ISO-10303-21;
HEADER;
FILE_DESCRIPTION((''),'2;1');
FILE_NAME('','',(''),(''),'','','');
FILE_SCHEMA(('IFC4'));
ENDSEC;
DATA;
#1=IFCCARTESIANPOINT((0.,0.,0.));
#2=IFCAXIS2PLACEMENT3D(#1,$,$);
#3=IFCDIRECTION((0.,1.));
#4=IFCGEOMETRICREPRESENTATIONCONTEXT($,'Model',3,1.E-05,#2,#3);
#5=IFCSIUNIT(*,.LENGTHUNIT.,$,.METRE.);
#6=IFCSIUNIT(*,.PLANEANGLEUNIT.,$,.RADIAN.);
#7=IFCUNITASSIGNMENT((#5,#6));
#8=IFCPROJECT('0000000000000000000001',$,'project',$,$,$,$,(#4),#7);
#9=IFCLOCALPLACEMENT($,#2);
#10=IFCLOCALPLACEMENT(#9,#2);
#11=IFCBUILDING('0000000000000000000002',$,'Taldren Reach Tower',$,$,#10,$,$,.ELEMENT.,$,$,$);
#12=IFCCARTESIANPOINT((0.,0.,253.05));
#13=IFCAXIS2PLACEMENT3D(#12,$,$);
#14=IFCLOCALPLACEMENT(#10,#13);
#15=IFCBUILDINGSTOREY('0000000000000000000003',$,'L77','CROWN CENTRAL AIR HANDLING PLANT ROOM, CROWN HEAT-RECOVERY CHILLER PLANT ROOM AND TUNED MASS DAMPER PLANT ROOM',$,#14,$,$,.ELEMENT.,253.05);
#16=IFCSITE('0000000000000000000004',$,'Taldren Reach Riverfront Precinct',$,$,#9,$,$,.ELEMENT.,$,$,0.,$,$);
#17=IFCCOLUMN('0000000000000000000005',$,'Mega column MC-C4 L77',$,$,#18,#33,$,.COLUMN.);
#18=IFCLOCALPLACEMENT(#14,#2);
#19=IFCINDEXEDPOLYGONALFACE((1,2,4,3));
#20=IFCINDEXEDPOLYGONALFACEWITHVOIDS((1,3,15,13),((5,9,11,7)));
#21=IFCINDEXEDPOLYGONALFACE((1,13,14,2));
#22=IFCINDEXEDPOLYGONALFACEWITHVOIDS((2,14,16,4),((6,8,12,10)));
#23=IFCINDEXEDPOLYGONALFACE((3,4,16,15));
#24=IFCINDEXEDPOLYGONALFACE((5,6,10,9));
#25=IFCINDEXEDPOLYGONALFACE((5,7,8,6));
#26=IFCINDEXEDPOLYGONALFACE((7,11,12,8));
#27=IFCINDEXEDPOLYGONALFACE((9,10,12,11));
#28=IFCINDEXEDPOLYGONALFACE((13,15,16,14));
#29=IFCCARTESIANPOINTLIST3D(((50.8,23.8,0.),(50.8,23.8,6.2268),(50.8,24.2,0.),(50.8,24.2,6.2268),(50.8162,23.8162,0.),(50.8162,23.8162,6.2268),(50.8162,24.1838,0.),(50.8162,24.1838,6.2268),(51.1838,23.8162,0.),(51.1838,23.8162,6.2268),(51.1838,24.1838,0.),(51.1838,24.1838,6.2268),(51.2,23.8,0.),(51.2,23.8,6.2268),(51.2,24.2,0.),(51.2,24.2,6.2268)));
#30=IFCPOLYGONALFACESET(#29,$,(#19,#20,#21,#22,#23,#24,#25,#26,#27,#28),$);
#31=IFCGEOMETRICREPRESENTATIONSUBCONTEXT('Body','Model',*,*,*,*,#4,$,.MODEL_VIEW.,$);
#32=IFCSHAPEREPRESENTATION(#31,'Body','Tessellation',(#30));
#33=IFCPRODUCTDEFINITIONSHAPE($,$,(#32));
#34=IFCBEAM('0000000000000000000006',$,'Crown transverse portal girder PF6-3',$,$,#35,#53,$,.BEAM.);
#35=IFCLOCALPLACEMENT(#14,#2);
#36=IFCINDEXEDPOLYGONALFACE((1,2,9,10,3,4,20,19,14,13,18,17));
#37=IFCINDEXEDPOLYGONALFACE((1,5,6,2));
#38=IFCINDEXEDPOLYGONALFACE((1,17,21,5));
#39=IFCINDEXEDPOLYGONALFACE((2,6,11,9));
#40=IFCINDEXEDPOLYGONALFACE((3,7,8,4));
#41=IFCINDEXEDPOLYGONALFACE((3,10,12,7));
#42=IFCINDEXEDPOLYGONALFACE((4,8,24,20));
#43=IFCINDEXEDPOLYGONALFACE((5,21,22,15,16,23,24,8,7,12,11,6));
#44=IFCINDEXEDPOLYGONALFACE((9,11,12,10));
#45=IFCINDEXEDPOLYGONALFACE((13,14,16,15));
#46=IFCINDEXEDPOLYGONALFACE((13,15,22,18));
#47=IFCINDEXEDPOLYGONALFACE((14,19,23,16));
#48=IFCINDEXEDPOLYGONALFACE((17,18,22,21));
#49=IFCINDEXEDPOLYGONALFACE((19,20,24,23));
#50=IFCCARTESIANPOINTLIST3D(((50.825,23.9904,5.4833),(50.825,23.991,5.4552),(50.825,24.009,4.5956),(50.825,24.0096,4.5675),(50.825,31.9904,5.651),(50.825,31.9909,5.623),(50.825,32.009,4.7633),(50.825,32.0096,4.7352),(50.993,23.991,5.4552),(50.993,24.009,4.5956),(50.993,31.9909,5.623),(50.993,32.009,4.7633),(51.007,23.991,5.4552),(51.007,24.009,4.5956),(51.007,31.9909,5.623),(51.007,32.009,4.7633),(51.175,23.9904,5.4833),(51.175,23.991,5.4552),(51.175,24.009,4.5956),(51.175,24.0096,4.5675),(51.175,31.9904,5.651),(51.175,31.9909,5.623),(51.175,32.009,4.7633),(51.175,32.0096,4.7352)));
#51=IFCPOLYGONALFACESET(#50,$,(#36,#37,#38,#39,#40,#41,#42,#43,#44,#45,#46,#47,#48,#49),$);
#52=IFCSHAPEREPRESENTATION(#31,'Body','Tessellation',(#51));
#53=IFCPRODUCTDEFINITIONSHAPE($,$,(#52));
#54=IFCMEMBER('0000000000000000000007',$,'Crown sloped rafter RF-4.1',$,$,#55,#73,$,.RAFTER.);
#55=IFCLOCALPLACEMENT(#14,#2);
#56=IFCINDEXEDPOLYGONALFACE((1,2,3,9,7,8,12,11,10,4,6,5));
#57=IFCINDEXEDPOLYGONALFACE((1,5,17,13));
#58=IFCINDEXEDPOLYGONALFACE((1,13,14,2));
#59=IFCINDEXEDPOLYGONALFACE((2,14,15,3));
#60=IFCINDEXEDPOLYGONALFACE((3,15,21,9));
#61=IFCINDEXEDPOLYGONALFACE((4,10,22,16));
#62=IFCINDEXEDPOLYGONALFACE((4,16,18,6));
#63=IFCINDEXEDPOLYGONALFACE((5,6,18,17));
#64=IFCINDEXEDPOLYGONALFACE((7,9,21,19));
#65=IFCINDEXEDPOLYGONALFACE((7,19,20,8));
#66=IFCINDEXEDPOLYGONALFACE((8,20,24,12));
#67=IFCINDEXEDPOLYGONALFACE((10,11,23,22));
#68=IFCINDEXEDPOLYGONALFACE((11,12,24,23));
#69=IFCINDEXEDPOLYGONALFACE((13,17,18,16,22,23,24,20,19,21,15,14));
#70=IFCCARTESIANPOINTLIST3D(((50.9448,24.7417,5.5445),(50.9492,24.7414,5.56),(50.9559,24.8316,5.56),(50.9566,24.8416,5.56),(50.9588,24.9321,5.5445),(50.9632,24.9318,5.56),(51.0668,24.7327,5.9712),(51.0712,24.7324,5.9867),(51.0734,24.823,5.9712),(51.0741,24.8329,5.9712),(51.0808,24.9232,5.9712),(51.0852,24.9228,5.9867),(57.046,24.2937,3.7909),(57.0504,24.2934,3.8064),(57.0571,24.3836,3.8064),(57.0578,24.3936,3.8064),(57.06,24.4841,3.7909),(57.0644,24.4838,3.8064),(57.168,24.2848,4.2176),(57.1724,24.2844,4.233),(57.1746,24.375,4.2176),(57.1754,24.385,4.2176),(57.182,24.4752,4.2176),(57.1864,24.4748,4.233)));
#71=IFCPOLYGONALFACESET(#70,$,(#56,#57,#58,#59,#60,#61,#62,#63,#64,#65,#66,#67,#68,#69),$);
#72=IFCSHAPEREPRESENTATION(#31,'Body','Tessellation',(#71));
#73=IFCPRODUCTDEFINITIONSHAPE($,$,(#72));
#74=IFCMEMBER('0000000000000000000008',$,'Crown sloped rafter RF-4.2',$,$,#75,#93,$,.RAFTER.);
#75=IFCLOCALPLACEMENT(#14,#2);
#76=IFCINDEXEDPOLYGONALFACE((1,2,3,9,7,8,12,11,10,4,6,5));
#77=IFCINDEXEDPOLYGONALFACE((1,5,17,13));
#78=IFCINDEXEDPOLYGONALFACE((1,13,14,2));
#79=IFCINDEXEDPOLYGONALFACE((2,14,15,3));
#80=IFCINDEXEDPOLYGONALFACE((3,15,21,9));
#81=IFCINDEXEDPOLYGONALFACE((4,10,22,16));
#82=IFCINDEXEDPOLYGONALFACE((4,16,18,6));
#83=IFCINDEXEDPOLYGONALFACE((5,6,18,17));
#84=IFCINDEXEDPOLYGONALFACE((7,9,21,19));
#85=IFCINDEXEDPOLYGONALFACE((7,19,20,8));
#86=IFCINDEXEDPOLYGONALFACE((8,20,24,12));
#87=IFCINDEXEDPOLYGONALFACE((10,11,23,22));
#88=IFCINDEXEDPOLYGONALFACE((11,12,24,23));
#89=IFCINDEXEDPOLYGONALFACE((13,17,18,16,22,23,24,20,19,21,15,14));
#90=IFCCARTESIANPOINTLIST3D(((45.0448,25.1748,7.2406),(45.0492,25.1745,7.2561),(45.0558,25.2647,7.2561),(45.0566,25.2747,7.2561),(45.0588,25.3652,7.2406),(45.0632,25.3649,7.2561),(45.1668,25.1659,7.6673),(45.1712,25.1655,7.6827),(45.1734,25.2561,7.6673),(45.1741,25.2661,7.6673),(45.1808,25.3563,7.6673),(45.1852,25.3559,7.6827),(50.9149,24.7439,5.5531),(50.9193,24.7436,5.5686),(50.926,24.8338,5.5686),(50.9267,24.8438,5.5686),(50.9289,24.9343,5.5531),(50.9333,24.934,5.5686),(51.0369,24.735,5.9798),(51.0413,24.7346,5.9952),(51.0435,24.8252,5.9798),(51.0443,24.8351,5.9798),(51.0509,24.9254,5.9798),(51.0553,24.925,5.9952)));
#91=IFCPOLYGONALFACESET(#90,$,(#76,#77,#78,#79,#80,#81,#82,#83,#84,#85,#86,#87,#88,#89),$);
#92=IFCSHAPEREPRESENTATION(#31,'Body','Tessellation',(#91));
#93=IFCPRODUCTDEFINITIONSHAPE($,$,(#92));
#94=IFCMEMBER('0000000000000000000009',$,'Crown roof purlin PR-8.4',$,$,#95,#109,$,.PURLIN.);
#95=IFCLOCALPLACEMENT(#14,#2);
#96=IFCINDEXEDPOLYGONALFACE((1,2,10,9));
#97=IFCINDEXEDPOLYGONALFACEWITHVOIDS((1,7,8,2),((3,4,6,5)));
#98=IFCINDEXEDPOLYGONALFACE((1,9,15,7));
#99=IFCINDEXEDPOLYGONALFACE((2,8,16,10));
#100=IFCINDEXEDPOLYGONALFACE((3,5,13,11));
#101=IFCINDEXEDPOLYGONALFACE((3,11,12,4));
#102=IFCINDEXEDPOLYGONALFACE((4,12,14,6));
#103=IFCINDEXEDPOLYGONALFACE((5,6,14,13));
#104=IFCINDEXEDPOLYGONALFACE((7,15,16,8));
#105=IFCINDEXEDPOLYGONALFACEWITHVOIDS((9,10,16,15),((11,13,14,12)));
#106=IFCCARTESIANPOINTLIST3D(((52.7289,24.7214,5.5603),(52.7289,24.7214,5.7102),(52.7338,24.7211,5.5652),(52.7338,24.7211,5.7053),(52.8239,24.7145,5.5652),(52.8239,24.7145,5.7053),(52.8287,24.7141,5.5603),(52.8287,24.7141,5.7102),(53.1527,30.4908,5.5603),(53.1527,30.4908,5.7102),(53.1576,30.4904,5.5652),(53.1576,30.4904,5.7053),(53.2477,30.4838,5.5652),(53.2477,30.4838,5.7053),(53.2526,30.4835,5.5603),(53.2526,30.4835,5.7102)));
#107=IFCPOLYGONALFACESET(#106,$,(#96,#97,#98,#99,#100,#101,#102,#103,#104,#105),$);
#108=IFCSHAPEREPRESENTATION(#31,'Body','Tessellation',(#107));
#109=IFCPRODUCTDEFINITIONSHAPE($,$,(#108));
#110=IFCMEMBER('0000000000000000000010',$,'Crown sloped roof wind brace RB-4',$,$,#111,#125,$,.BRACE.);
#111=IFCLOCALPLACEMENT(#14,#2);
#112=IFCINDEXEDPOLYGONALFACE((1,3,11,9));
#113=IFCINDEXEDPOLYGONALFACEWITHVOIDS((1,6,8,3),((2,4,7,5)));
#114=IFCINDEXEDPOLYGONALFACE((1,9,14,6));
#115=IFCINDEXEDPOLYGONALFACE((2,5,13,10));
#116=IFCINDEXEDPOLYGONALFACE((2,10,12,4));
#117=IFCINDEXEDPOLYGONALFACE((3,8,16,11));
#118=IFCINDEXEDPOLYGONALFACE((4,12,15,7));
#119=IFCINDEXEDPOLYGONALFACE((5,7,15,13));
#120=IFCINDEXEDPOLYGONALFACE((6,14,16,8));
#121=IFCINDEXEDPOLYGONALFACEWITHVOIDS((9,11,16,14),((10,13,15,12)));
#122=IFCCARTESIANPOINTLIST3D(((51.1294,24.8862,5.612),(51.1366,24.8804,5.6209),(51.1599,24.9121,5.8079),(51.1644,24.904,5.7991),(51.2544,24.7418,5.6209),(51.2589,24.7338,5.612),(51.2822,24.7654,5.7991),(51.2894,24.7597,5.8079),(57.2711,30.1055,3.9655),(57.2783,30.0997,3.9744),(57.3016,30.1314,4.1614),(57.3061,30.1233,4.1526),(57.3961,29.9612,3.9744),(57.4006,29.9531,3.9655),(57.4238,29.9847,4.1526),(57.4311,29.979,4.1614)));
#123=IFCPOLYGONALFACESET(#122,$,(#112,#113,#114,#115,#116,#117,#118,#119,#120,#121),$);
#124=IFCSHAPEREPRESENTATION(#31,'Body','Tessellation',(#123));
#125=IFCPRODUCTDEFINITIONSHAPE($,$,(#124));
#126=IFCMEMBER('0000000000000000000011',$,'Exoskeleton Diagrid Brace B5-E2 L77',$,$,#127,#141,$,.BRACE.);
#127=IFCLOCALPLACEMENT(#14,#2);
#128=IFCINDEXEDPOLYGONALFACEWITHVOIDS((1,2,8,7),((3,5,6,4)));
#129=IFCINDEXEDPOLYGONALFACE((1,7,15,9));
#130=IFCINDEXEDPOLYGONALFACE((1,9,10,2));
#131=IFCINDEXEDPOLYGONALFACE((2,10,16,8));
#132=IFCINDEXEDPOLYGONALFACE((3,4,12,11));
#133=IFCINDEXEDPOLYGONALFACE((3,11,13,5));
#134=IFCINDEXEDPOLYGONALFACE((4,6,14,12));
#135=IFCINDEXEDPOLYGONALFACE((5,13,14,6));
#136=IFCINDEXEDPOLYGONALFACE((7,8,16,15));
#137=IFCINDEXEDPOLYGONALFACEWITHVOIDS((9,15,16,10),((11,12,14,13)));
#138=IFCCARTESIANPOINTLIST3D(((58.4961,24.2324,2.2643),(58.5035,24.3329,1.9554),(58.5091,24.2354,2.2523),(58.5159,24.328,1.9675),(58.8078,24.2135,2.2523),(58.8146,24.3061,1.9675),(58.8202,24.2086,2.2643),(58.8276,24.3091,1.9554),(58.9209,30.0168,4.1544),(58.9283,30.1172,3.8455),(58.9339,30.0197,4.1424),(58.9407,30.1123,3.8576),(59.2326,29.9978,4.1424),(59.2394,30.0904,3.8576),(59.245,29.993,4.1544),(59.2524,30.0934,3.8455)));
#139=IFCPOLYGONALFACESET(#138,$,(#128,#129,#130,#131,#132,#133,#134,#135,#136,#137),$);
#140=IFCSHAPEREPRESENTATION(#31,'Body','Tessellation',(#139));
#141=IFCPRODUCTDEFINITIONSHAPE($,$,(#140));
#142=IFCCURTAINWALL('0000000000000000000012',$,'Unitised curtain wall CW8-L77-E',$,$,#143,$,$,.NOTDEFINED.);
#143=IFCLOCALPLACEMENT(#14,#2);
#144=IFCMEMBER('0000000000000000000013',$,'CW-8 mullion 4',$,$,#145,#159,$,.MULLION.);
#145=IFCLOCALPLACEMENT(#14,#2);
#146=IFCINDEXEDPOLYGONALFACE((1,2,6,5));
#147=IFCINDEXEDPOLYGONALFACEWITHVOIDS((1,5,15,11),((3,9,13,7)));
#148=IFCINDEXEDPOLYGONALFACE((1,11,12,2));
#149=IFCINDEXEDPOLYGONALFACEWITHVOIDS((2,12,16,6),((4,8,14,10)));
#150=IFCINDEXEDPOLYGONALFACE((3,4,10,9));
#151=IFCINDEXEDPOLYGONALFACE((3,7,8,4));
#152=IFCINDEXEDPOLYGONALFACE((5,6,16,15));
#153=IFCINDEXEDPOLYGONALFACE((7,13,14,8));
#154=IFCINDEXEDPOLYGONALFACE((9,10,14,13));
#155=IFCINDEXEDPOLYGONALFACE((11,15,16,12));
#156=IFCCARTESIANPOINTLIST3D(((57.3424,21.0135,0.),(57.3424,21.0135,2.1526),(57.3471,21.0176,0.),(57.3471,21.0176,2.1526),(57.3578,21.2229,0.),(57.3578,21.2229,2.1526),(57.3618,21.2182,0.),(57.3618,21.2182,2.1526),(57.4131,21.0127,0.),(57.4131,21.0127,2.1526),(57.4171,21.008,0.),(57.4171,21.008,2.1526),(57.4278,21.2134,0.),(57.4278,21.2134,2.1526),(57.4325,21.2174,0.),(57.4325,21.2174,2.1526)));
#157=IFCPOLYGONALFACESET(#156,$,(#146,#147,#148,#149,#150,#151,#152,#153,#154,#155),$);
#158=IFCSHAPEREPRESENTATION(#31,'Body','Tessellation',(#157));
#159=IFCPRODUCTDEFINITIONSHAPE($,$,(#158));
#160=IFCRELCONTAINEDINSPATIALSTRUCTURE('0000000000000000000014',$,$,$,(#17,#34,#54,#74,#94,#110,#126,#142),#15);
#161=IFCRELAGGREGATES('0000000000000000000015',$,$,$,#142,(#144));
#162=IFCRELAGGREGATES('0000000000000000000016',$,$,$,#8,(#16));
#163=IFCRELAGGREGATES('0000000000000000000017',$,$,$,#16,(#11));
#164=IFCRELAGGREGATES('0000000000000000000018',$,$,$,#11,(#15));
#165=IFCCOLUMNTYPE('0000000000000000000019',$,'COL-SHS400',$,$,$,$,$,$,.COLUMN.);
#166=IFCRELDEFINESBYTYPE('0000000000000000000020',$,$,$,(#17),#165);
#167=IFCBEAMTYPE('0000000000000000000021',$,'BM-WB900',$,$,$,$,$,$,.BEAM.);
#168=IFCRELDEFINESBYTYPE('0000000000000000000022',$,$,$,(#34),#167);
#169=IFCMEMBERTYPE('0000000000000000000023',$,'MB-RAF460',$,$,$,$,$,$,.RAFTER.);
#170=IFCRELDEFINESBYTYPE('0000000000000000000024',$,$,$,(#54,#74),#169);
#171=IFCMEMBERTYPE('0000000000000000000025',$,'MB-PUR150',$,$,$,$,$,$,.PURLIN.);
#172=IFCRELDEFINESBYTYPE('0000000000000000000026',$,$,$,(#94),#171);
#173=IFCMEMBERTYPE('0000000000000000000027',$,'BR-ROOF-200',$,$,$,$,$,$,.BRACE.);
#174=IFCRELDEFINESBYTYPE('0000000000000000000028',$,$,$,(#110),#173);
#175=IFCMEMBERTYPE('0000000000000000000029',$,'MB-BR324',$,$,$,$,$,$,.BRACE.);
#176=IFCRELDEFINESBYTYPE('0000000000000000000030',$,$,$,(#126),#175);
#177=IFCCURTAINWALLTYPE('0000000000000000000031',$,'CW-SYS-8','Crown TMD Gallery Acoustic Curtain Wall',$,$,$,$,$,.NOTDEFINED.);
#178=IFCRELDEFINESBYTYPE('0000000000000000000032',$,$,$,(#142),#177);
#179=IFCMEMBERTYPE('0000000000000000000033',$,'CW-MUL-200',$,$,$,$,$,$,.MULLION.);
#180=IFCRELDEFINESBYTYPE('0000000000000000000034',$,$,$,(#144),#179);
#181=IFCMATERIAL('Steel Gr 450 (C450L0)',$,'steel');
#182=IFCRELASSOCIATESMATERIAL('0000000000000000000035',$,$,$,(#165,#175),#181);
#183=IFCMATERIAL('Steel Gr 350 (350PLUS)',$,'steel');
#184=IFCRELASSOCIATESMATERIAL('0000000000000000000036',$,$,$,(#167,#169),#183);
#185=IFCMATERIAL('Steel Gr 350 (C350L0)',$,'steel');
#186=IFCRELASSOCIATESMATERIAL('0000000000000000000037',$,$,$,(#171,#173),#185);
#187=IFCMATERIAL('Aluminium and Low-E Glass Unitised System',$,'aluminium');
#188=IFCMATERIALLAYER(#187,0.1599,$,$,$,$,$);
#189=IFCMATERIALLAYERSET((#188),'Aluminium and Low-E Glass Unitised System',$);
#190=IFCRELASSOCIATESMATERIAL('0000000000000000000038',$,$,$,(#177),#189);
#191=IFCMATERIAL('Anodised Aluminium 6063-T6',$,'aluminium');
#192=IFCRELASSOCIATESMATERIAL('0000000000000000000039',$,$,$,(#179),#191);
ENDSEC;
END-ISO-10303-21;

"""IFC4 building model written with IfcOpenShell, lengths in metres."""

from ifc_helpers import new_model, si_unit, direction, frame, origin, origin_2d, place, context, subcontext, project, spatial, hollow_rectangle, i_section, extrude, source, transform, mapped, material, layer, layer_set, material_profile, profile_set, type_object, element, aggregate, save


model = new_model("IFC4")

# Units and contexts
model_context = context("Model", 3, precision=1e-05, world=origin(), true_north=direction((0.0, 1.0)))
body_context = subcontext(model_context, "Body", "Model", "MODEL_VIEW")
ifc_project = project(units=[si_unit("LENGTHUNIT", "METRE"), si_unit("PLANEANGLEUNIT", "RADIAN")], contexts=[model_context])

# Site, building, storey
site_placement = place(None, origin())
site = spatial("IfcSite", under=ifc_project, at=site_placement, Name="Taldren Reach Riverfront Precinct", CompositionType="ELEMENT", RefElevation=0.0)
building_placement = place(site_placement, origin())
building = spatial("IfcBuilding", under=site, at=building_placement, Name="Taldren Reach Tower", CompositionType="ELEMENT")
storey_placement = place(building_placement, frame((0.0, 0.0, 253.05)))
storey = spatial("IfcBuildingStorey", under=building, at=storey_placement, Name="L77", Description="CROWN CENTRAL AIR HANDLING PLANT ROOM, CROWN HEAT-RECOVERY CHILLER PLANT ROOM AND TUNED MASS DAMPER PLANT ROOM", CompositionType="ELEMENT", Elevation=253.05)

# Column
ifc_material_1 = material(Name="Steel Gr 450 (C450L0)", Category="steel")
ifc_material_profile_1 = material_profile(ifc_material_1, hollow_rectangle(XDim=0.3999, YDim=0.3999, WallThickness=0.0161, at=origin_2d()), Name="400x400x16.0SHS")
ifc_profile_set_1 = profile_set([ifc_material_profile_1], Name="Steel Gr 450 (C450L0)")
column_type = type_object("IfcColumnType", Name="COL-SHS400", PredefinedType="COLUMN", material=ifc_profile_set_1)
shared_shape_1 = source(origin(), body_context, "Body", "SweptSolid", [
    extrude(hollow_rectangle(XDim=0.3999, YDim=0.3999, WallThickness=0.0161, at=origin_2d()), origin(), (0.0, 0.0, 1.0), 6.2268),
])
column_placement = place(storey_placement, frame((51.0, 24.0, 0.0), z_axis=(0.0, 0.0, 1.0), x_axis=(1.0, 0.0, 0.0)))
element("IfcColumn", 1, at=column_placement, inside=storey, type_object=column_type, Name="Mega column MC-C4 L77", PredefinedType="COLUMN", context=body_context, shape_type="MappedRepresentation", body=[
    mapped(shared_shape_1, transform((0.0, 0.0, 0.0), scale=1.0)),
])

# Beam
ifc_material_2 = material(Name="Steel Gr 350 (350PLUS)", Category="steel")
ifc_material_profile_2 = material_profile(ifc_material_2, i_section(OverallWidth=0.3501, OverallDepth=0.916, WebThickness=0.0139, FlangeThickness=0.0281, at=origin_2d()), Name="900WB257")
ifc_profile_set_2 = profile_set([ifc_material_profile_2], Name="Steel Gr 350 (350PLUS)")
beam_type = type_object("IfcBeamType", Name="BM-WB900", PredefinedType="BEAM", material=ifc_profile_set_2)
shared_shape_2 = source(origin(), body_context, "Body", "SweptSolid", [
    extrude(i_section(OverallWidth=0.3501, OverallDepth=0.916, WebThickness=0.0139, FlangeThickness=0.0281, at=origin_2d()), origin(), (0.0, 0.0, 1.0), 8.0017),
])
beam_placement = place(storey_placement, frame((51.0, 24.0, 5.0254), z_axis=(0.0, 0.99978, 0.020961), x_axis=(-1.0, 0.0, 0.0)))
element("IfcBeam", 2, at=beam_placement, inside=storey, type_object=beam_type, Name="Crown transverse portal girder PF6-3", PredefinedType="BEAM", context=body_context, shape_type="MappedRepresentation", body=[
    mapped(shared_shape_2, transform((0.0, 0.0, 0.0), scale=1.0)),
])

# Members
ifc_material_profile_3 = material_profile(ifc_material_2, i_section(OverallWidth=0.1909, OverallDepth=0.46, WebThickness=0.01, FlangeThickness=0.0161, at=origin_2d()), Name="460UB82.1")
ifc_profile_set_3 = profile_set([ifc_material_profile_3], Name="Steel Gr 350 (350PLUS)")
member_type_1 = type_object("IfcMemberType", Name="MB-RAF460", PredefinedType="RAFTER", material=ifc_profile_set_3)
shared_shape_3 = source(origin(), body_context, "Body", "SweptSolid", [
    extrude(i_section(OverallWidth=0.1909, OverallDepth=0.46, WebThickness=0.01, FlangeThickness=0.0161, at=origin_2d()), origin(), (0.0, 0.0, 1.0), 6.364),
])
member_1_placement = place(storey_placement, frame((57.1162, 24.3843, 4.012), z_axis=(-0.958705, 0.070394, 0.275554), x_axis=(-0.073229, -0.997315, 0.0)))
element("IfcMember", 3, at=member_1_placement, inside=storey, type_object=member_type_1, Name="Crown sloped rafter RF-4.1", PredefinedType="RAFTER", context=body_context, shape_type="MappedRepresentation", body=[
    mapped(shared_shape_3, transform((0.0, 0.0, 0.0), scale=1.0)),
])
shared_shape_4 = source(origin(), body_context, "Body", "SweptSolid", [
    extrude(i_section(OverallWidth=0.1909, OverallDepth=0.46, WebThickness=0.01, FlangeThickness=0.0161, at=origin_2d()), origin(), (0.0, 0.0, 1.0), 6.123),
])
member_2_placement = place(storey_placement, frame((50.9851, 24.8345, 5.7742), z_axis=(-0.958693, 0.070375, 0.275598), x_axis=(-0.07321, -0.997317, 0.0)))
element("IfcMember", 4, at=member_2_placement, inside=storey, type_object=member_type_1, Name="Crown sloped rafter RF-4.2", PredefinedType="RAFTER", context=body_context, shape_type="MappedRepresentation", body=[
    mapped(shared_shape_4, transform((0.0, 0.0, 0.0), scale=1.0)),
])
ifc_material_3 = material(Name="Steel Gr 350 (C350L0)", Category="steel")
ifc_material_profile_4 = material_profile(ifc_material_3, hollow_rectangle(XDim=0.1001, YDim=0.1499, WallThickness=0.0049, at=origin_2d()), Name="150x100x5.0RHS")
ifc_profile_set_4 = profile_set([ifc_material_profile_4], Name="Steel Gr 350 (C350L0)")
member_type_2 = type_object("IfcMemberType", Name="MB-PUR150", PredefinedType="PURLIN", material=ifc_profile_set_4)
shared_shape_5 = source(origin(), body_context, "Body", "SweptSolid", [
    extrude(hollow_rectangle(XDim=0.1001, YDim=0.1499, WallThickness=0.0049, at=origin_2d()), origin(), (0.0, 0.0, 1.0), 5.7849),
])
member_3_placement = place(storey_placement, frame((52.7788, 24.7178, 5.6353), z_axis=(0.073265, 0.997312, 0.0), x_axis=(-0.997312, 0.073265, 0.0)))
element("IfcMember", 5, at=member_3_placement, inside=storey, type_object=member_type_2, Name="Crown roof purlin PR-8.4", PredefinedType="PURLIN", context=body_context, shape_type="MappedRepresentation", body=[
    mapped(shared_shape_5, transform((0.0, 0.0, 0.0), scale=1.0)),
])
ifc_material_profile_5 = material_profile(ifc_material_3, hollow_rectangle(XDim=0.2, YDim=0.2, WallThickness=0.009, at=origin_2d()), Name="200x200x9.0SHS")
ifc_profile_set_5 = profile_set([ifc_material_profile_5], Name="Steel Gr 350 (C350L0)")
member_type_3 = type_object("IfcMemberType", Name="BR-ROOF-200", PredefinedType="BRACE", material=ifc_profile_set_5)
shared_shape_6 = source(origin(), body_context, "Body", "SweptSolid", [
    extrude(hollow_rectangle(XDim=0.2, YDim=0.2, WallThickness=0.009, at=origin_2d()), origin(), (0.0, 0.0, 1.0), 8.2263),
])
member_4_placement = place(storey_placement, frame((57.3511, 30.0422, 4.0635), z_axis=(-0.746589, -0.634464, 0.200151), x_axis=(0.647568, -0.762008, 0.0)))
element("IfcMember", 6, at=member_4_placement, inside=storey, type_object=member_type_3, Name="Crown sloped roof wind brace RB-4", PredefinedType="BRACE", context=body_context, shape_type="MappedRepresentation", body=[
    mapped(shared_shape_6, transform((0.0, 0.0, 0.0), scale=1.0)),
])
ifc_material_profile_6 = material_profile(ifc_material_1, hollow_rectangle(XDim=0.325, YDim=0.325, WallThickness=0.0127, at=origin_2d()), Name="325x325x12.7SHS")
ifc_profile_set_6 = profile_set([ifc_material_profile_6], Name="Steel Gr 450 (C450L0)")
member_type_4 = type_object("IfcMemberType", Name="MB-BR324", PredefinedType="BRACE", material=ifc_profile_set_6)
shared_shape_7 = source(origin(), body_context, "Body", "SweptSolid", [
    extrude(hollow_rectangle(XDim=0.325, YDim=0.325, WallThickness=0.0127, at=origin_2d()), origin(), (0.0, 0.0, 1.0), 6.1001),
])
member_5_placement = place(storey_placement, frame((58.6619, 24.2708, 2.1099), z_axis=(0.069638, 0.948233, 0.309848), x_axis=(-0.997314, 0.073242, 0.0)))
element("IfcMember", 7, at=member_5_placement, inside=storey, type_object=member_type_4, Name="Exoskeleton Diagrid Brace B5-E2 L77", PredefinedType="BRACE", context=body_context, shape_type="MappedRepresentation", body=[
    mapped(shared_shape_7, transform((0.0, 0.0, 0.0), scale=1.0)),
])

# Curtain wall, member
ifc_material_4 = material(Name="Aluminium and Low-E Glass Unitised System", Category="aluminium")
ifc_layer_1 = layer(ifc_material_4, 0.1599)
ifc_layer_set_1 = layer_set([ifc_layer_1], Name="Aluminium and Low-E Glass Unitised System")
curtain_wall_type = type_object("IfcCurtainWallType", Name="CW-SYS-8", Description="Crown TMD Gallery Acoustic Curtain Wall", PredefinedType="NOTDEFINED", material=ifc_layer_set_1)
curtain_wall_1_placement = place(storey_placement, origin())
curtain_wall_1 = element("IfcCurtainWall", 8, at=curtain_wall_1_placement, inside=storey, type_object=curtain_wall_type, Name="Unitised curtain wall CW8-L77-E", PredefinedType="NOTDEFINED")
ifc_material_5 = material(Name="Anodised Aluminium 6063-T6", Category="aluminium")
ifc_material_profile_7 = material_profile(ifc_material_5, hollow_rectangle(XDim=0.075, YDim=0.21, WallThickness=0.0044, at=origin_2d()), Name="ALU-210x75x4.5RHS")
ifc_profile_set_7 = profile_set([ifc_material_profile_7], Name="Anodised Aluminium 6063-T6")
member_type_5 = type_object("IfcMemberType", Name="CW-MUL-200", PredefinedType="MULLION", material=ifc_profile_set_7)
shared_shape_8 = source(origin(), body_context, "Body", "SweptSolid", [
    extrude(hollow_rectangle(XDim=0.075, YDim=0.21, WallThickness=0.0044, at=origin_2d()), origin(), (0.0, 0.0, 1.0), 2.1526),
])
member_6_placement = place(storey_placement, frame((57.3875, 21.1155, 0.0), z_axis=(0.0, 0.0, 1.0), x_axis=(-0.997314, 0.073238, 0.0)))
member_6 = element("IfcMember", 9, at=member_6_placement, type_object=member_type_5, Name="CW-8 mullion 4", PredefinedType="MULLION", context=body_context, shape_type="MappedRepresentation", body=[
    mapped(shared_shape_8, transform((0.0, 0.0, 0.0), scale=1.0)),
])

aggregate(curtain_wall_1, [member_6])

save(model, "model.ifc")
